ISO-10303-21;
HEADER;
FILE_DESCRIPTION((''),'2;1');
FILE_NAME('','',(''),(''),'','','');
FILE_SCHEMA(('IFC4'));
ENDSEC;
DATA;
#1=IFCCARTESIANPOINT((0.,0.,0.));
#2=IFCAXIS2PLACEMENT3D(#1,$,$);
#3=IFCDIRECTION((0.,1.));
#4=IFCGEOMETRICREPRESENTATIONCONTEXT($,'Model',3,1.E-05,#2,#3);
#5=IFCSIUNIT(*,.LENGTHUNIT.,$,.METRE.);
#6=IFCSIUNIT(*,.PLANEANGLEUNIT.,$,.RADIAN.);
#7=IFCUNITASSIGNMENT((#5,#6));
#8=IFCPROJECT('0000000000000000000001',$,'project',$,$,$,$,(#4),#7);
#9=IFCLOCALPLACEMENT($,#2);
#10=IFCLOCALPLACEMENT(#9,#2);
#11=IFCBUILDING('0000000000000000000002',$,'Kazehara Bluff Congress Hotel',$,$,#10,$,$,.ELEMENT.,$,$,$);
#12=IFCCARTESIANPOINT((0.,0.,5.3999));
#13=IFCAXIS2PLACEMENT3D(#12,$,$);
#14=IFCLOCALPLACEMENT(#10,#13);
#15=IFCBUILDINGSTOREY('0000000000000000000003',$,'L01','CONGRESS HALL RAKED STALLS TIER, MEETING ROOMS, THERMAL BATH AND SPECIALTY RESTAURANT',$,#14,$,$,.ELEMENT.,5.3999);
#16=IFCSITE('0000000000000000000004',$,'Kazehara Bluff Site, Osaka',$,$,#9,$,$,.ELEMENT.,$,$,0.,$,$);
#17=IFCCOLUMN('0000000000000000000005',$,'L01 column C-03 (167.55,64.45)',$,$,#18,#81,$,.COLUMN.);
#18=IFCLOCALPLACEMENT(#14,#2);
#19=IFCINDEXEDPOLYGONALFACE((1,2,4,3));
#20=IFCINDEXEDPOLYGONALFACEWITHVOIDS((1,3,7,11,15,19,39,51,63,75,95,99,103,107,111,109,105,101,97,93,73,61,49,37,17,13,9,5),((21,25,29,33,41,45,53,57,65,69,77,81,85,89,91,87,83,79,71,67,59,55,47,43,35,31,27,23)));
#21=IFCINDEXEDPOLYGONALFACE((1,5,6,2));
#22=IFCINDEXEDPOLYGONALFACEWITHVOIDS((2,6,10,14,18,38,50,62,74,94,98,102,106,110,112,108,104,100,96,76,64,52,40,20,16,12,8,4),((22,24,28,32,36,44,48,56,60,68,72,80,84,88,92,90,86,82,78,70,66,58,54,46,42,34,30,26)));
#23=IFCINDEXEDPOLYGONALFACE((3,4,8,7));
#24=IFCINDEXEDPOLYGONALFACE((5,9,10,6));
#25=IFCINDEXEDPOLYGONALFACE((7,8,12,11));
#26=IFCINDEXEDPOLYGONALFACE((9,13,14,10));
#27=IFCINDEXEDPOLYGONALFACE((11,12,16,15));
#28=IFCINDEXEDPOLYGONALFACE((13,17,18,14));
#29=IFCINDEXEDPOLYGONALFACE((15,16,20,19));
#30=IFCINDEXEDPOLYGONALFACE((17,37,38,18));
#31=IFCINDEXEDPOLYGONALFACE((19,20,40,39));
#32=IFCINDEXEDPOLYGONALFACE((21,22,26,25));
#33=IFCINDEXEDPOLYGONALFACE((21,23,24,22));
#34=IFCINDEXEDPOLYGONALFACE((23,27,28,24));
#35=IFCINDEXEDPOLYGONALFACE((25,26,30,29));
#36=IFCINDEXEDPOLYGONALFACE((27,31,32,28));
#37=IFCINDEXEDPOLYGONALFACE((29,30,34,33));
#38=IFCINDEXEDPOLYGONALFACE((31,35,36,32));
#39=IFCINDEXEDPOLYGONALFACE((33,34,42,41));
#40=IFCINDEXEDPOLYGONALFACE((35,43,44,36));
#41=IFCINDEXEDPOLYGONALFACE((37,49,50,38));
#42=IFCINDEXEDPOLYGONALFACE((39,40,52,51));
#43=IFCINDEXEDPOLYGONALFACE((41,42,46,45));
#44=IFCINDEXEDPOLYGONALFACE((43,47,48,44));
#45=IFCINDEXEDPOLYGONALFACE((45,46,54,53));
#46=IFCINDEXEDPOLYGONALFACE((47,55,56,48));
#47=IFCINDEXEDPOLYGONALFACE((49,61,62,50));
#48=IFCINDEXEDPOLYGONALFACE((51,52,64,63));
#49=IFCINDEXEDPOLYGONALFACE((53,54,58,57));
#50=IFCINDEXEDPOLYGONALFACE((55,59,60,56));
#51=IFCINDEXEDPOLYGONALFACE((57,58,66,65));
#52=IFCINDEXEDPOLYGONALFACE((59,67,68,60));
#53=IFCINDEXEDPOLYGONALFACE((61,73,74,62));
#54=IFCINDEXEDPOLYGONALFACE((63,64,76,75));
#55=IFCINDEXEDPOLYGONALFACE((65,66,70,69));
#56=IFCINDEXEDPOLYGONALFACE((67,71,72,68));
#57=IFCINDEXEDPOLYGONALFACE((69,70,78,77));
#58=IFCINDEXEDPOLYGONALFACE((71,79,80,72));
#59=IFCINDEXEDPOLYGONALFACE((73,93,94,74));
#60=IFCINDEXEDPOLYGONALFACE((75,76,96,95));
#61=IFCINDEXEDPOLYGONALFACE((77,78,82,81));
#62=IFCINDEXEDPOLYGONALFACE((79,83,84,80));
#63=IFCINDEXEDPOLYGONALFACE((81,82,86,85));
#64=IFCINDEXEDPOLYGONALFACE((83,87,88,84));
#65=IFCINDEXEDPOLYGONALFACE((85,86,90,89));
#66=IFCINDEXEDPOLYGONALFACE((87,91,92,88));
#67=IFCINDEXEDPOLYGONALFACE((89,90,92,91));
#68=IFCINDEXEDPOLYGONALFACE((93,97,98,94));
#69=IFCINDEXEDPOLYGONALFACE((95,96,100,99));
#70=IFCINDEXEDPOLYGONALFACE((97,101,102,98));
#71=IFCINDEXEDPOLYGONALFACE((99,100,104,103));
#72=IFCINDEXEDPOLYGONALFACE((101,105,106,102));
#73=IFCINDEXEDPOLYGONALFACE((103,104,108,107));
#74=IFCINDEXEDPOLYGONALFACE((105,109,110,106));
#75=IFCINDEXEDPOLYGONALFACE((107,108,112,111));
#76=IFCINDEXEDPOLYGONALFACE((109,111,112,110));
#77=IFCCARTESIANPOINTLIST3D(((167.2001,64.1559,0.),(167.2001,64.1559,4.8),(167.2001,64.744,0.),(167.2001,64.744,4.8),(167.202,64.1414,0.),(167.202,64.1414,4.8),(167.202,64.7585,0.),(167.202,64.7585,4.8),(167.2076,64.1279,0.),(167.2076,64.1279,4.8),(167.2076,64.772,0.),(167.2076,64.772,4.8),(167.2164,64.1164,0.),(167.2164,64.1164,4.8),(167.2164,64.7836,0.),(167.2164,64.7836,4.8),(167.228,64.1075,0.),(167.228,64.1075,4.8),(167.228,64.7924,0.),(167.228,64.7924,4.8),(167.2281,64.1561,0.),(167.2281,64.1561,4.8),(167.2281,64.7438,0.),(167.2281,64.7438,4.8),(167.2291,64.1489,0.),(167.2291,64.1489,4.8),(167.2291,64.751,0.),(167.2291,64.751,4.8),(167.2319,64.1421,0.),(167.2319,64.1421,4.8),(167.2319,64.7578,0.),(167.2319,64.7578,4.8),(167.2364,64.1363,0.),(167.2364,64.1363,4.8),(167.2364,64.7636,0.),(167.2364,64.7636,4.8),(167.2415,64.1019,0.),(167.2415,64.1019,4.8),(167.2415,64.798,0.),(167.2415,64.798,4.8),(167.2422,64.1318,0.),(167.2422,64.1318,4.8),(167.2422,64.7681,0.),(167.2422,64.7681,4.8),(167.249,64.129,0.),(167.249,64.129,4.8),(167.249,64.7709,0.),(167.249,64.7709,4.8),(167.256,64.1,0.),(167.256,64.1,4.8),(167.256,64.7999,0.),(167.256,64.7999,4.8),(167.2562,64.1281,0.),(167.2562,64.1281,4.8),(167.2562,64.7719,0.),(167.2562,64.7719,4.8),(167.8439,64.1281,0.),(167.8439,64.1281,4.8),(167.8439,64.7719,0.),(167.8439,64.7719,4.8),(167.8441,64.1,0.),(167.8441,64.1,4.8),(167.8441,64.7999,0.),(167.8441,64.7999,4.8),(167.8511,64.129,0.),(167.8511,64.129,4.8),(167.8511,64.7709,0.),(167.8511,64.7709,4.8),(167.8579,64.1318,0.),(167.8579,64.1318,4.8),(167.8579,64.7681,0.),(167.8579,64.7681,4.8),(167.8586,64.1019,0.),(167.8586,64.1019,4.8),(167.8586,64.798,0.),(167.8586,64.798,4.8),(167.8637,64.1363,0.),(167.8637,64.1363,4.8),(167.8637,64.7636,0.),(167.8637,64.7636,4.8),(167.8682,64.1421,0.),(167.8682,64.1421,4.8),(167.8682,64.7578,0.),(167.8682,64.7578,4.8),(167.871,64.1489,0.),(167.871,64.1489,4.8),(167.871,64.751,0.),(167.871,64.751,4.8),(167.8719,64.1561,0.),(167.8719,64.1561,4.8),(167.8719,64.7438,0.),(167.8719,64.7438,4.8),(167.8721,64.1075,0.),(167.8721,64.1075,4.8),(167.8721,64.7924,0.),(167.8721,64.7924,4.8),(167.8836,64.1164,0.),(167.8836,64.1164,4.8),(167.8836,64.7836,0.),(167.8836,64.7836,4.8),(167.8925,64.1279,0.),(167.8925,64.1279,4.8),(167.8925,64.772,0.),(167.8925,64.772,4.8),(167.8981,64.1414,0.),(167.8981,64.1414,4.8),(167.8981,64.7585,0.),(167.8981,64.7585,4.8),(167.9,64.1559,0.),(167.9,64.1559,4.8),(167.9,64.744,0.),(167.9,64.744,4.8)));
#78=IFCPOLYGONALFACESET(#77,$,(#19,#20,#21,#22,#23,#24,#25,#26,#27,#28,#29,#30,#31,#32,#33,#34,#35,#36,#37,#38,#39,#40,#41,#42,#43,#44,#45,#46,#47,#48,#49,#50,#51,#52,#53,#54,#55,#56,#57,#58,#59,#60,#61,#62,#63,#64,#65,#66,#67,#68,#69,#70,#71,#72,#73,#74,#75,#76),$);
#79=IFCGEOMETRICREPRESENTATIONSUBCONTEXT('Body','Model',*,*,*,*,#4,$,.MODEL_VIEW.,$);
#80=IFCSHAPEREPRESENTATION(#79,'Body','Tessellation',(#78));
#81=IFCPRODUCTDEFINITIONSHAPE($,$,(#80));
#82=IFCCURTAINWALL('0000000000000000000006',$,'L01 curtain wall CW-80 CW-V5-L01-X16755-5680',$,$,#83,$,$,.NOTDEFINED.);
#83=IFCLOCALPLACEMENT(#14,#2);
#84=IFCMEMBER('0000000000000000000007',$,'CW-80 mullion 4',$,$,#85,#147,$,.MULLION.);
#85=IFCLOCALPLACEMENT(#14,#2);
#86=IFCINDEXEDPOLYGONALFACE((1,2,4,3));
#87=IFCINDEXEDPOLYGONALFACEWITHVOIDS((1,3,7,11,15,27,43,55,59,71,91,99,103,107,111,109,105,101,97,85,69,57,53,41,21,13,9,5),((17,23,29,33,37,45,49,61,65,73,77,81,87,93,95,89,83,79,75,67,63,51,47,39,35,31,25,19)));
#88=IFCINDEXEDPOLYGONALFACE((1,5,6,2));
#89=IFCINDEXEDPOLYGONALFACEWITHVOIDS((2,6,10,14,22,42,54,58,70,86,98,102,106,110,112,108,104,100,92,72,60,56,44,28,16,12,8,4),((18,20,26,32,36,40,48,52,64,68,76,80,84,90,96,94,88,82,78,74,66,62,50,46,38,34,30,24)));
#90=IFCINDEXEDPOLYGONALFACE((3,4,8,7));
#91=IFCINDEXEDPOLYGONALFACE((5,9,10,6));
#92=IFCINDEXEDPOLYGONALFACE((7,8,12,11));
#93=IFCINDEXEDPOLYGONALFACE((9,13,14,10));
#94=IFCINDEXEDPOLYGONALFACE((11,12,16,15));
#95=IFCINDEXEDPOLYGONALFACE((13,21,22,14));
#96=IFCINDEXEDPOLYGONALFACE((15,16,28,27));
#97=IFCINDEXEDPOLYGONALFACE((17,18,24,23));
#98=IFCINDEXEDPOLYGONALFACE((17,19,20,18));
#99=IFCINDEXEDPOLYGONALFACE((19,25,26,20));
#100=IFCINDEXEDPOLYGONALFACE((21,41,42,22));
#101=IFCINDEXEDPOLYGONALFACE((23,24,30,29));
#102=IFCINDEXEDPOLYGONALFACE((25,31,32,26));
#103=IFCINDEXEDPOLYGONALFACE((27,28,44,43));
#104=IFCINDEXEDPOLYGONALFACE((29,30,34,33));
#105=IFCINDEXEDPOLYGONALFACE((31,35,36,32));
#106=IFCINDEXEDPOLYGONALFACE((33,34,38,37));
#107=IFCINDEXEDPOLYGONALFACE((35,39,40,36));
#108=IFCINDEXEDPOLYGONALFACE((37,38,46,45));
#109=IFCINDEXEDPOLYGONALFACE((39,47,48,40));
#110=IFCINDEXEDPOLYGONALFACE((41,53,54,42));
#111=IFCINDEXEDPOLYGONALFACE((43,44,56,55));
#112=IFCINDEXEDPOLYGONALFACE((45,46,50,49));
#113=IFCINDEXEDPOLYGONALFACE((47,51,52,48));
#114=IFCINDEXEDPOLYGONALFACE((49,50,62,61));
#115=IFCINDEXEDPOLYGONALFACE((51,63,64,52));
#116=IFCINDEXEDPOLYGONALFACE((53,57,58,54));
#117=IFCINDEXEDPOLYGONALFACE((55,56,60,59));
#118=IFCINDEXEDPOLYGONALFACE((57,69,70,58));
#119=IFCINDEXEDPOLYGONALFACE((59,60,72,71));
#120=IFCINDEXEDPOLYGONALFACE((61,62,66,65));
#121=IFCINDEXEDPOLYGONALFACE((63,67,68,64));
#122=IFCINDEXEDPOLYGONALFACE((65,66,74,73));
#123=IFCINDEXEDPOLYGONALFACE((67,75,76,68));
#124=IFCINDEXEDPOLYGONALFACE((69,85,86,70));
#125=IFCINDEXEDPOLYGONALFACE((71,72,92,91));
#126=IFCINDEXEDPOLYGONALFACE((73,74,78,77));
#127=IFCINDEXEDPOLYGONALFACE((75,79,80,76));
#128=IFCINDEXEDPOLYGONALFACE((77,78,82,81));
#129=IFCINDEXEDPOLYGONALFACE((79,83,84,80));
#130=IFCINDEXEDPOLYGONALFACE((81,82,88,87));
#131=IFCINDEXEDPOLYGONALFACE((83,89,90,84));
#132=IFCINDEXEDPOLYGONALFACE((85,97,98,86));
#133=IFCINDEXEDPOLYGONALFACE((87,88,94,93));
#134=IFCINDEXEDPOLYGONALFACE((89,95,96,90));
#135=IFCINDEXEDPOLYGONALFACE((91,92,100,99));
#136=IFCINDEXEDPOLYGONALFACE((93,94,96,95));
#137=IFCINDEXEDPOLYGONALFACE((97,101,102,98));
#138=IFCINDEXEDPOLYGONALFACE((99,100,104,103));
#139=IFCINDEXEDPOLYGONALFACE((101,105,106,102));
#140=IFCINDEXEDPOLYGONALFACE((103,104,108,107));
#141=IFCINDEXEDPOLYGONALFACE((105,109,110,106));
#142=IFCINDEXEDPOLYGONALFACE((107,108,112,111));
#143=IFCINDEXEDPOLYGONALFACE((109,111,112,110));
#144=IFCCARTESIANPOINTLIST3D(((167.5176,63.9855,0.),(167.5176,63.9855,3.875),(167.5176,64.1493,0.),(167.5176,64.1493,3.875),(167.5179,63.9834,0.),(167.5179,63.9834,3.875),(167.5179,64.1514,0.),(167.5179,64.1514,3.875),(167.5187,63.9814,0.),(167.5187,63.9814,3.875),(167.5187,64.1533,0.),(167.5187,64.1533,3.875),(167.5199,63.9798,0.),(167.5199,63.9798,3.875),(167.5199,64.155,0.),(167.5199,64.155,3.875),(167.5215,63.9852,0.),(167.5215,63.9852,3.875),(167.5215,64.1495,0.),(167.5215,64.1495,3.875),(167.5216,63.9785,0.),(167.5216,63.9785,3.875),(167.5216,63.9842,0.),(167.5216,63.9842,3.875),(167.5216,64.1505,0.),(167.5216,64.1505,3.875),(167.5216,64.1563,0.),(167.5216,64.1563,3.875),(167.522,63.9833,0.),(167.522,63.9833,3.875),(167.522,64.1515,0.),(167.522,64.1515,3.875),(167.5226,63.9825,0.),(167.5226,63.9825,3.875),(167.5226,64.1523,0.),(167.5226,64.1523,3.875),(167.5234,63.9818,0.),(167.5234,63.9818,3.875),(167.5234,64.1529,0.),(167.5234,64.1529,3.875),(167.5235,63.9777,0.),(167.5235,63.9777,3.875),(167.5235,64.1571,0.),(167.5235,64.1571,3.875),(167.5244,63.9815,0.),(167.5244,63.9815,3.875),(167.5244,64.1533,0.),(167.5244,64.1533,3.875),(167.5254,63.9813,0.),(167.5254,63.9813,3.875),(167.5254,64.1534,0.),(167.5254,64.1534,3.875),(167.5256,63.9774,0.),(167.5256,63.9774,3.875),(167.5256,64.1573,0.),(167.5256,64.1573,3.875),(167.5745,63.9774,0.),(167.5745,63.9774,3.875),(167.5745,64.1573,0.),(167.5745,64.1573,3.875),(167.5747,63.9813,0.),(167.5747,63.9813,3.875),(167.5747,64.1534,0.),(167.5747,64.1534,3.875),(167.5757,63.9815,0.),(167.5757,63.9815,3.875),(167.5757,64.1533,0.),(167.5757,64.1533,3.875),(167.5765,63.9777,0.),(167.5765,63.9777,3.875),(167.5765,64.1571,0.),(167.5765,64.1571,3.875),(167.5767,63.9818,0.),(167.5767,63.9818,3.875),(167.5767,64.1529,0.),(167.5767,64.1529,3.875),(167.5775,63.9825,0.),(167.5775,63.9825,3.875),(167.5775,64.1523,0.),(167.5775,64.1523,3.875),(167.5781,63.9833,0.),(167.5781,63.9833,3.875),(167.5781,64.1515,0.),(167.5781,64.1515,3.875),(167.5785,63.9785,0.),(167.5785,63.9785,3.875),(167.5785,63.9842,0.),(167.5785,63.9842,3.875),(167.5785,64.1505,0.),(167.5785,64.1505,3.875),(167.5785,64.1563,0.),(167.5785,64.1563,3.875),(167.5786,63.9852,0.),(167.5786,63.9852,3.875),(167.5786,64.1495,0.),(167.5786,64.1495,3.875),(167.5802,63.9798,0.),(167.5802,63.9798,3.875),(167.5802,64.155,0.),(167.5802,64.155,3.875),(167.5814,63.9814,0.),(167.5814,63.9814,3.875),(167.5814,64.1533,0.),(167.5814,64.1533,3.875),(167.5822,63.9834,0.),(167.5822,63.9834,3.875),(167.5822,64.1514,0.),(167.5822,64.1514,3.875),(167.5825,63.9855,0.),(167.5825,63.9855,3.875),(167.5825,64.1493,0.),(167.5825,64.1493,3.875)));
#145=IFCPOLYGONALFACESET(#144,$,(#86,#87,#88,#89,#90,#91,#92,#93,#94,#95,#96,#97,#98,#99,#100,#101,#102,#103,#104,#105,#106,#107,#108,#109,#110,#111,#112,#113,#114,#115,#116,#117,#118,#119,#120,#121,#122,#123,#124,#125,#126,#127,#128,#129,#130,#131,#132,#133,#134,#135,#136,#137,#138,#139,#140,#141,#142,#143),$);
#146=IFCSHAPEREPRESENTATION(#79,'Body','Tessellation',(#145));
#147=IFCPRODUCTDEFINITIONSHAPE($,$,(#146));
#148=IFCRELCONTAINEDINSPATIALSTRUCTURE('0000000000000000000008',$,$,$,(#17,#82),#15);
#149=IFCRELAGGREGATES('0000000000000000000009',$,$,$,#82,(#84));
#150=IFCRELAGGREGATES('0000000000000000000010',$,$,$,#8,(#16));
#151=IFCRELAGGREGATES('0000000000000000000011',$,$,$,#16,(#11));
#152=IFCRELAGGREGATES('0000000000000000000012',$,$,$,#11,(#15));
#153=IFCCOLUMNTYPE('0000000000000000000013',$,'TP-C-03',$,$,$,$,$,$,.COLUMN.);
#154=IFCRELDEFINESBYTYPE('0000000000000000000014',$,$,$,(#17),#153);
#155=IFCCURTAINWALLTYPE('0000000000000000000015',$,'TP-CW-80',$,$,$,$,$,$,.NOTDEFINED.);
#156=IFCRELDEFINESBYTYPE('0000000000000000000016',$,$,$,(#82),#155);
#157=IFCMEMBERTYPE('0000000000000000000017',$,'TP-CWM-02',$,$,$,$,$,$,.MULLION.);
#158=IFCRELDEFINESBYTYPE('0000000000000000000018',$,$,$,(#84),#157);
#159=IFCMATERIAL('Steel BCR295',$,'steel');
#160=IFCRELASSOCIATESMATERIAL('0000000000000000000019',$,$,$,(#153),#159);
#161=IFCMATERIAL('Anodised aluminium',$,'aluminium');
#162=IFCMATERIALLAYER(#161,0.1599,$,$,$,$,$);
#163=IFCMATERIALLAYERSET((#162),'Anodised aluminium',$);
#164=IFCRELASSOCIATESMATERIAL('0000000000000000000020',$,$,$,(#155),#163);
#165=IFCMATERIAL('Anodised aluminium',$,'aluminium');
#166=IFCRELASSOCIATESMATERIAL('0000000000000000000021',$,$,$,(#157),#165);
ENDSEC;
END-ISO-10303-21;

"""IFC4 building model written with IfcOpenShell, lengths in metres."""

from ifc_helpers import new_model, si_unit, direction, frame, origin, origin_2d, place, context, subcontext, project, spatial, hollow_rectangle, extrude, material, layer, layer_set, material_profile, profile_set, type_object, element, aggregate, save


model = new_model("IFC4")

# Units and contexts
model_context = context("Model", 3, precision=1e-05, world=origin(), true_north=direction((0.0, 1.0)))
body_context = subcontext(model_context, "Body", "Model", "MODEL_VIEW")
ifc_project = project(units=[si_unit("LENGTHUNIT", "METRE"), si_unit("PLANEANGLEUNIT", "RADIAN")], contexts=[model_context])

# Site, building, storey
site_placement = place(None, origin())
site = spatial("IfcSite", under=ifc_project, at=site_placement, Name="Kazehara Bluff Site, Osaka", CompositionType="ELEMENT", RefElevation=0.0)
building_placement = place(site_placement, origin())
building = spatial("IfcBuilding", under=site, at=building_placement, Name="Kazehara Bluff Congress Hotel", CompositionType="ELEMENT")
storey_placement = place(building_placement, frame((0.0, 0.0, 5.3999)))
storey = spatial("IfcBuildingStorey", under=building, at=storey_placement, Name="L01", Description="CONGRESS HALL RAKED STALLS TIER, MEETING ROOMS, THERMAL BATH AND SPECIALTY RESTAURANT", CompositionType="ELEMENT", Elevation=5.3999)

# Column
ifc_material_1 = material(Name="Steel BCR295", Category="steel")
ifc_material_profile_1 = material_profile(ifc_material_1, hollow_rectangle(XDim=0.7, YDim=0.7, WallThickness=0.0281, InnerFilletRadius=0.0281, OuterFilletRadius=0.0559, at=origin_2d()))
ifc_profile_set_1 = profile_set([ifc_material_profile_1], Name="Steel BCR295")
column_type = type_object("IfcColumnType", Name="TP-C-03", PredefinedType="COLUMN", material=ifc_profile_set_1)
column_placement = place(storey_placement, frame((167.55, 64.45, 0.0), z_axis=(0.0, 0.0, 1.0), x_axis=(1.0, 0.0, 0.0)))
element("IfcColumn", 1, at=column_placement, inside=storey, type_object=column_type, Name="L01 column C-03 (167.55,64.45)", PredefinedType="COLUMN", context=body_context, shape_type="SweptSolid", body=[
    extrude(hollow_rectangle(XDim=0.7, YDim=0.7, WallThickness=0.0281, InnerFilletRadius=0.0281, OuterFilletRadius=0.0559, at=origin_2d()), origin(), (0.0, 0.0, 1.0), 4.8),
])

# Curtain wall, member
ifc_material_2 = material(Name="Anodised aluminium", Category="aluminium")
ifc_layer_1 = layer(ifc_material_2, 0.1599)
ifc_layer_set_1 = layer_set([ifc_layer_1], Name="Anodised aluminium")
curtain_wall_type_1 = type_object("IfcCurtainWallType", Name="TP-CW-80", PredefinedType="NOTDEFINED", material=ifc_layer_set_1)
curtain_wall_1_placement = place(storey_placement, origin())
curtain_wall_1 = element("IfcCurtainWall", 2, at=curtain_wall_1_placement, inside=storey, type_object=curtain_wall_type_1, Name="L01 curtain wall CW-80 CW-V5-L01-X16755-5680", PredefinedType="NOTDEFINED")
ifc_material_3 = material(Name="Anodised aluminium", Category="aluminium")
ifc_material_profile_2 = material_profile(ifc_material_3, hollow_rectangle(XDim=0.0649, YDim=0.1799, WallThickness=0.0039, InnerFilletRadius=0.0039, OuterFilletRadius=0.0081, at=origin_2d()))
ifc_profile_set_2 = profile_set([ifc_material_profile_2], Name="Anodised aluminium")
member_type_1 = type_object("IfcMemberType", Name="TP-CWM-02", PredefinedType="MULLION", material=ifc_profile_set_2)
member_1_placement = place(storey_placement, frame((167.55, 64.0674, 0.0), z_axis=(0.0, 0.0, 1.0), x_axis=(-1.0, 0.0, 0.0)))
member_1 = element("IfcMember", 3, at=member_1_placement, type_object=member_type_1, Name="CW-80 mullion 4", PredefinedType="MULLION", context=body_context, shape_type="SweptSolid", body=[
    extrude(hollow_rectangle(XDim=0.0649, YDim=0.1799, WallThickness=0.0039, InnerFilletRadius=0.0039, OuterFilletRadius=0.0081, at=origin_2d()), origin(), (0.0, 0.0, 1.0), 3.875),
])

aggregate(curtain_wall_1, [member_1])

save(model, "model.ifc")
